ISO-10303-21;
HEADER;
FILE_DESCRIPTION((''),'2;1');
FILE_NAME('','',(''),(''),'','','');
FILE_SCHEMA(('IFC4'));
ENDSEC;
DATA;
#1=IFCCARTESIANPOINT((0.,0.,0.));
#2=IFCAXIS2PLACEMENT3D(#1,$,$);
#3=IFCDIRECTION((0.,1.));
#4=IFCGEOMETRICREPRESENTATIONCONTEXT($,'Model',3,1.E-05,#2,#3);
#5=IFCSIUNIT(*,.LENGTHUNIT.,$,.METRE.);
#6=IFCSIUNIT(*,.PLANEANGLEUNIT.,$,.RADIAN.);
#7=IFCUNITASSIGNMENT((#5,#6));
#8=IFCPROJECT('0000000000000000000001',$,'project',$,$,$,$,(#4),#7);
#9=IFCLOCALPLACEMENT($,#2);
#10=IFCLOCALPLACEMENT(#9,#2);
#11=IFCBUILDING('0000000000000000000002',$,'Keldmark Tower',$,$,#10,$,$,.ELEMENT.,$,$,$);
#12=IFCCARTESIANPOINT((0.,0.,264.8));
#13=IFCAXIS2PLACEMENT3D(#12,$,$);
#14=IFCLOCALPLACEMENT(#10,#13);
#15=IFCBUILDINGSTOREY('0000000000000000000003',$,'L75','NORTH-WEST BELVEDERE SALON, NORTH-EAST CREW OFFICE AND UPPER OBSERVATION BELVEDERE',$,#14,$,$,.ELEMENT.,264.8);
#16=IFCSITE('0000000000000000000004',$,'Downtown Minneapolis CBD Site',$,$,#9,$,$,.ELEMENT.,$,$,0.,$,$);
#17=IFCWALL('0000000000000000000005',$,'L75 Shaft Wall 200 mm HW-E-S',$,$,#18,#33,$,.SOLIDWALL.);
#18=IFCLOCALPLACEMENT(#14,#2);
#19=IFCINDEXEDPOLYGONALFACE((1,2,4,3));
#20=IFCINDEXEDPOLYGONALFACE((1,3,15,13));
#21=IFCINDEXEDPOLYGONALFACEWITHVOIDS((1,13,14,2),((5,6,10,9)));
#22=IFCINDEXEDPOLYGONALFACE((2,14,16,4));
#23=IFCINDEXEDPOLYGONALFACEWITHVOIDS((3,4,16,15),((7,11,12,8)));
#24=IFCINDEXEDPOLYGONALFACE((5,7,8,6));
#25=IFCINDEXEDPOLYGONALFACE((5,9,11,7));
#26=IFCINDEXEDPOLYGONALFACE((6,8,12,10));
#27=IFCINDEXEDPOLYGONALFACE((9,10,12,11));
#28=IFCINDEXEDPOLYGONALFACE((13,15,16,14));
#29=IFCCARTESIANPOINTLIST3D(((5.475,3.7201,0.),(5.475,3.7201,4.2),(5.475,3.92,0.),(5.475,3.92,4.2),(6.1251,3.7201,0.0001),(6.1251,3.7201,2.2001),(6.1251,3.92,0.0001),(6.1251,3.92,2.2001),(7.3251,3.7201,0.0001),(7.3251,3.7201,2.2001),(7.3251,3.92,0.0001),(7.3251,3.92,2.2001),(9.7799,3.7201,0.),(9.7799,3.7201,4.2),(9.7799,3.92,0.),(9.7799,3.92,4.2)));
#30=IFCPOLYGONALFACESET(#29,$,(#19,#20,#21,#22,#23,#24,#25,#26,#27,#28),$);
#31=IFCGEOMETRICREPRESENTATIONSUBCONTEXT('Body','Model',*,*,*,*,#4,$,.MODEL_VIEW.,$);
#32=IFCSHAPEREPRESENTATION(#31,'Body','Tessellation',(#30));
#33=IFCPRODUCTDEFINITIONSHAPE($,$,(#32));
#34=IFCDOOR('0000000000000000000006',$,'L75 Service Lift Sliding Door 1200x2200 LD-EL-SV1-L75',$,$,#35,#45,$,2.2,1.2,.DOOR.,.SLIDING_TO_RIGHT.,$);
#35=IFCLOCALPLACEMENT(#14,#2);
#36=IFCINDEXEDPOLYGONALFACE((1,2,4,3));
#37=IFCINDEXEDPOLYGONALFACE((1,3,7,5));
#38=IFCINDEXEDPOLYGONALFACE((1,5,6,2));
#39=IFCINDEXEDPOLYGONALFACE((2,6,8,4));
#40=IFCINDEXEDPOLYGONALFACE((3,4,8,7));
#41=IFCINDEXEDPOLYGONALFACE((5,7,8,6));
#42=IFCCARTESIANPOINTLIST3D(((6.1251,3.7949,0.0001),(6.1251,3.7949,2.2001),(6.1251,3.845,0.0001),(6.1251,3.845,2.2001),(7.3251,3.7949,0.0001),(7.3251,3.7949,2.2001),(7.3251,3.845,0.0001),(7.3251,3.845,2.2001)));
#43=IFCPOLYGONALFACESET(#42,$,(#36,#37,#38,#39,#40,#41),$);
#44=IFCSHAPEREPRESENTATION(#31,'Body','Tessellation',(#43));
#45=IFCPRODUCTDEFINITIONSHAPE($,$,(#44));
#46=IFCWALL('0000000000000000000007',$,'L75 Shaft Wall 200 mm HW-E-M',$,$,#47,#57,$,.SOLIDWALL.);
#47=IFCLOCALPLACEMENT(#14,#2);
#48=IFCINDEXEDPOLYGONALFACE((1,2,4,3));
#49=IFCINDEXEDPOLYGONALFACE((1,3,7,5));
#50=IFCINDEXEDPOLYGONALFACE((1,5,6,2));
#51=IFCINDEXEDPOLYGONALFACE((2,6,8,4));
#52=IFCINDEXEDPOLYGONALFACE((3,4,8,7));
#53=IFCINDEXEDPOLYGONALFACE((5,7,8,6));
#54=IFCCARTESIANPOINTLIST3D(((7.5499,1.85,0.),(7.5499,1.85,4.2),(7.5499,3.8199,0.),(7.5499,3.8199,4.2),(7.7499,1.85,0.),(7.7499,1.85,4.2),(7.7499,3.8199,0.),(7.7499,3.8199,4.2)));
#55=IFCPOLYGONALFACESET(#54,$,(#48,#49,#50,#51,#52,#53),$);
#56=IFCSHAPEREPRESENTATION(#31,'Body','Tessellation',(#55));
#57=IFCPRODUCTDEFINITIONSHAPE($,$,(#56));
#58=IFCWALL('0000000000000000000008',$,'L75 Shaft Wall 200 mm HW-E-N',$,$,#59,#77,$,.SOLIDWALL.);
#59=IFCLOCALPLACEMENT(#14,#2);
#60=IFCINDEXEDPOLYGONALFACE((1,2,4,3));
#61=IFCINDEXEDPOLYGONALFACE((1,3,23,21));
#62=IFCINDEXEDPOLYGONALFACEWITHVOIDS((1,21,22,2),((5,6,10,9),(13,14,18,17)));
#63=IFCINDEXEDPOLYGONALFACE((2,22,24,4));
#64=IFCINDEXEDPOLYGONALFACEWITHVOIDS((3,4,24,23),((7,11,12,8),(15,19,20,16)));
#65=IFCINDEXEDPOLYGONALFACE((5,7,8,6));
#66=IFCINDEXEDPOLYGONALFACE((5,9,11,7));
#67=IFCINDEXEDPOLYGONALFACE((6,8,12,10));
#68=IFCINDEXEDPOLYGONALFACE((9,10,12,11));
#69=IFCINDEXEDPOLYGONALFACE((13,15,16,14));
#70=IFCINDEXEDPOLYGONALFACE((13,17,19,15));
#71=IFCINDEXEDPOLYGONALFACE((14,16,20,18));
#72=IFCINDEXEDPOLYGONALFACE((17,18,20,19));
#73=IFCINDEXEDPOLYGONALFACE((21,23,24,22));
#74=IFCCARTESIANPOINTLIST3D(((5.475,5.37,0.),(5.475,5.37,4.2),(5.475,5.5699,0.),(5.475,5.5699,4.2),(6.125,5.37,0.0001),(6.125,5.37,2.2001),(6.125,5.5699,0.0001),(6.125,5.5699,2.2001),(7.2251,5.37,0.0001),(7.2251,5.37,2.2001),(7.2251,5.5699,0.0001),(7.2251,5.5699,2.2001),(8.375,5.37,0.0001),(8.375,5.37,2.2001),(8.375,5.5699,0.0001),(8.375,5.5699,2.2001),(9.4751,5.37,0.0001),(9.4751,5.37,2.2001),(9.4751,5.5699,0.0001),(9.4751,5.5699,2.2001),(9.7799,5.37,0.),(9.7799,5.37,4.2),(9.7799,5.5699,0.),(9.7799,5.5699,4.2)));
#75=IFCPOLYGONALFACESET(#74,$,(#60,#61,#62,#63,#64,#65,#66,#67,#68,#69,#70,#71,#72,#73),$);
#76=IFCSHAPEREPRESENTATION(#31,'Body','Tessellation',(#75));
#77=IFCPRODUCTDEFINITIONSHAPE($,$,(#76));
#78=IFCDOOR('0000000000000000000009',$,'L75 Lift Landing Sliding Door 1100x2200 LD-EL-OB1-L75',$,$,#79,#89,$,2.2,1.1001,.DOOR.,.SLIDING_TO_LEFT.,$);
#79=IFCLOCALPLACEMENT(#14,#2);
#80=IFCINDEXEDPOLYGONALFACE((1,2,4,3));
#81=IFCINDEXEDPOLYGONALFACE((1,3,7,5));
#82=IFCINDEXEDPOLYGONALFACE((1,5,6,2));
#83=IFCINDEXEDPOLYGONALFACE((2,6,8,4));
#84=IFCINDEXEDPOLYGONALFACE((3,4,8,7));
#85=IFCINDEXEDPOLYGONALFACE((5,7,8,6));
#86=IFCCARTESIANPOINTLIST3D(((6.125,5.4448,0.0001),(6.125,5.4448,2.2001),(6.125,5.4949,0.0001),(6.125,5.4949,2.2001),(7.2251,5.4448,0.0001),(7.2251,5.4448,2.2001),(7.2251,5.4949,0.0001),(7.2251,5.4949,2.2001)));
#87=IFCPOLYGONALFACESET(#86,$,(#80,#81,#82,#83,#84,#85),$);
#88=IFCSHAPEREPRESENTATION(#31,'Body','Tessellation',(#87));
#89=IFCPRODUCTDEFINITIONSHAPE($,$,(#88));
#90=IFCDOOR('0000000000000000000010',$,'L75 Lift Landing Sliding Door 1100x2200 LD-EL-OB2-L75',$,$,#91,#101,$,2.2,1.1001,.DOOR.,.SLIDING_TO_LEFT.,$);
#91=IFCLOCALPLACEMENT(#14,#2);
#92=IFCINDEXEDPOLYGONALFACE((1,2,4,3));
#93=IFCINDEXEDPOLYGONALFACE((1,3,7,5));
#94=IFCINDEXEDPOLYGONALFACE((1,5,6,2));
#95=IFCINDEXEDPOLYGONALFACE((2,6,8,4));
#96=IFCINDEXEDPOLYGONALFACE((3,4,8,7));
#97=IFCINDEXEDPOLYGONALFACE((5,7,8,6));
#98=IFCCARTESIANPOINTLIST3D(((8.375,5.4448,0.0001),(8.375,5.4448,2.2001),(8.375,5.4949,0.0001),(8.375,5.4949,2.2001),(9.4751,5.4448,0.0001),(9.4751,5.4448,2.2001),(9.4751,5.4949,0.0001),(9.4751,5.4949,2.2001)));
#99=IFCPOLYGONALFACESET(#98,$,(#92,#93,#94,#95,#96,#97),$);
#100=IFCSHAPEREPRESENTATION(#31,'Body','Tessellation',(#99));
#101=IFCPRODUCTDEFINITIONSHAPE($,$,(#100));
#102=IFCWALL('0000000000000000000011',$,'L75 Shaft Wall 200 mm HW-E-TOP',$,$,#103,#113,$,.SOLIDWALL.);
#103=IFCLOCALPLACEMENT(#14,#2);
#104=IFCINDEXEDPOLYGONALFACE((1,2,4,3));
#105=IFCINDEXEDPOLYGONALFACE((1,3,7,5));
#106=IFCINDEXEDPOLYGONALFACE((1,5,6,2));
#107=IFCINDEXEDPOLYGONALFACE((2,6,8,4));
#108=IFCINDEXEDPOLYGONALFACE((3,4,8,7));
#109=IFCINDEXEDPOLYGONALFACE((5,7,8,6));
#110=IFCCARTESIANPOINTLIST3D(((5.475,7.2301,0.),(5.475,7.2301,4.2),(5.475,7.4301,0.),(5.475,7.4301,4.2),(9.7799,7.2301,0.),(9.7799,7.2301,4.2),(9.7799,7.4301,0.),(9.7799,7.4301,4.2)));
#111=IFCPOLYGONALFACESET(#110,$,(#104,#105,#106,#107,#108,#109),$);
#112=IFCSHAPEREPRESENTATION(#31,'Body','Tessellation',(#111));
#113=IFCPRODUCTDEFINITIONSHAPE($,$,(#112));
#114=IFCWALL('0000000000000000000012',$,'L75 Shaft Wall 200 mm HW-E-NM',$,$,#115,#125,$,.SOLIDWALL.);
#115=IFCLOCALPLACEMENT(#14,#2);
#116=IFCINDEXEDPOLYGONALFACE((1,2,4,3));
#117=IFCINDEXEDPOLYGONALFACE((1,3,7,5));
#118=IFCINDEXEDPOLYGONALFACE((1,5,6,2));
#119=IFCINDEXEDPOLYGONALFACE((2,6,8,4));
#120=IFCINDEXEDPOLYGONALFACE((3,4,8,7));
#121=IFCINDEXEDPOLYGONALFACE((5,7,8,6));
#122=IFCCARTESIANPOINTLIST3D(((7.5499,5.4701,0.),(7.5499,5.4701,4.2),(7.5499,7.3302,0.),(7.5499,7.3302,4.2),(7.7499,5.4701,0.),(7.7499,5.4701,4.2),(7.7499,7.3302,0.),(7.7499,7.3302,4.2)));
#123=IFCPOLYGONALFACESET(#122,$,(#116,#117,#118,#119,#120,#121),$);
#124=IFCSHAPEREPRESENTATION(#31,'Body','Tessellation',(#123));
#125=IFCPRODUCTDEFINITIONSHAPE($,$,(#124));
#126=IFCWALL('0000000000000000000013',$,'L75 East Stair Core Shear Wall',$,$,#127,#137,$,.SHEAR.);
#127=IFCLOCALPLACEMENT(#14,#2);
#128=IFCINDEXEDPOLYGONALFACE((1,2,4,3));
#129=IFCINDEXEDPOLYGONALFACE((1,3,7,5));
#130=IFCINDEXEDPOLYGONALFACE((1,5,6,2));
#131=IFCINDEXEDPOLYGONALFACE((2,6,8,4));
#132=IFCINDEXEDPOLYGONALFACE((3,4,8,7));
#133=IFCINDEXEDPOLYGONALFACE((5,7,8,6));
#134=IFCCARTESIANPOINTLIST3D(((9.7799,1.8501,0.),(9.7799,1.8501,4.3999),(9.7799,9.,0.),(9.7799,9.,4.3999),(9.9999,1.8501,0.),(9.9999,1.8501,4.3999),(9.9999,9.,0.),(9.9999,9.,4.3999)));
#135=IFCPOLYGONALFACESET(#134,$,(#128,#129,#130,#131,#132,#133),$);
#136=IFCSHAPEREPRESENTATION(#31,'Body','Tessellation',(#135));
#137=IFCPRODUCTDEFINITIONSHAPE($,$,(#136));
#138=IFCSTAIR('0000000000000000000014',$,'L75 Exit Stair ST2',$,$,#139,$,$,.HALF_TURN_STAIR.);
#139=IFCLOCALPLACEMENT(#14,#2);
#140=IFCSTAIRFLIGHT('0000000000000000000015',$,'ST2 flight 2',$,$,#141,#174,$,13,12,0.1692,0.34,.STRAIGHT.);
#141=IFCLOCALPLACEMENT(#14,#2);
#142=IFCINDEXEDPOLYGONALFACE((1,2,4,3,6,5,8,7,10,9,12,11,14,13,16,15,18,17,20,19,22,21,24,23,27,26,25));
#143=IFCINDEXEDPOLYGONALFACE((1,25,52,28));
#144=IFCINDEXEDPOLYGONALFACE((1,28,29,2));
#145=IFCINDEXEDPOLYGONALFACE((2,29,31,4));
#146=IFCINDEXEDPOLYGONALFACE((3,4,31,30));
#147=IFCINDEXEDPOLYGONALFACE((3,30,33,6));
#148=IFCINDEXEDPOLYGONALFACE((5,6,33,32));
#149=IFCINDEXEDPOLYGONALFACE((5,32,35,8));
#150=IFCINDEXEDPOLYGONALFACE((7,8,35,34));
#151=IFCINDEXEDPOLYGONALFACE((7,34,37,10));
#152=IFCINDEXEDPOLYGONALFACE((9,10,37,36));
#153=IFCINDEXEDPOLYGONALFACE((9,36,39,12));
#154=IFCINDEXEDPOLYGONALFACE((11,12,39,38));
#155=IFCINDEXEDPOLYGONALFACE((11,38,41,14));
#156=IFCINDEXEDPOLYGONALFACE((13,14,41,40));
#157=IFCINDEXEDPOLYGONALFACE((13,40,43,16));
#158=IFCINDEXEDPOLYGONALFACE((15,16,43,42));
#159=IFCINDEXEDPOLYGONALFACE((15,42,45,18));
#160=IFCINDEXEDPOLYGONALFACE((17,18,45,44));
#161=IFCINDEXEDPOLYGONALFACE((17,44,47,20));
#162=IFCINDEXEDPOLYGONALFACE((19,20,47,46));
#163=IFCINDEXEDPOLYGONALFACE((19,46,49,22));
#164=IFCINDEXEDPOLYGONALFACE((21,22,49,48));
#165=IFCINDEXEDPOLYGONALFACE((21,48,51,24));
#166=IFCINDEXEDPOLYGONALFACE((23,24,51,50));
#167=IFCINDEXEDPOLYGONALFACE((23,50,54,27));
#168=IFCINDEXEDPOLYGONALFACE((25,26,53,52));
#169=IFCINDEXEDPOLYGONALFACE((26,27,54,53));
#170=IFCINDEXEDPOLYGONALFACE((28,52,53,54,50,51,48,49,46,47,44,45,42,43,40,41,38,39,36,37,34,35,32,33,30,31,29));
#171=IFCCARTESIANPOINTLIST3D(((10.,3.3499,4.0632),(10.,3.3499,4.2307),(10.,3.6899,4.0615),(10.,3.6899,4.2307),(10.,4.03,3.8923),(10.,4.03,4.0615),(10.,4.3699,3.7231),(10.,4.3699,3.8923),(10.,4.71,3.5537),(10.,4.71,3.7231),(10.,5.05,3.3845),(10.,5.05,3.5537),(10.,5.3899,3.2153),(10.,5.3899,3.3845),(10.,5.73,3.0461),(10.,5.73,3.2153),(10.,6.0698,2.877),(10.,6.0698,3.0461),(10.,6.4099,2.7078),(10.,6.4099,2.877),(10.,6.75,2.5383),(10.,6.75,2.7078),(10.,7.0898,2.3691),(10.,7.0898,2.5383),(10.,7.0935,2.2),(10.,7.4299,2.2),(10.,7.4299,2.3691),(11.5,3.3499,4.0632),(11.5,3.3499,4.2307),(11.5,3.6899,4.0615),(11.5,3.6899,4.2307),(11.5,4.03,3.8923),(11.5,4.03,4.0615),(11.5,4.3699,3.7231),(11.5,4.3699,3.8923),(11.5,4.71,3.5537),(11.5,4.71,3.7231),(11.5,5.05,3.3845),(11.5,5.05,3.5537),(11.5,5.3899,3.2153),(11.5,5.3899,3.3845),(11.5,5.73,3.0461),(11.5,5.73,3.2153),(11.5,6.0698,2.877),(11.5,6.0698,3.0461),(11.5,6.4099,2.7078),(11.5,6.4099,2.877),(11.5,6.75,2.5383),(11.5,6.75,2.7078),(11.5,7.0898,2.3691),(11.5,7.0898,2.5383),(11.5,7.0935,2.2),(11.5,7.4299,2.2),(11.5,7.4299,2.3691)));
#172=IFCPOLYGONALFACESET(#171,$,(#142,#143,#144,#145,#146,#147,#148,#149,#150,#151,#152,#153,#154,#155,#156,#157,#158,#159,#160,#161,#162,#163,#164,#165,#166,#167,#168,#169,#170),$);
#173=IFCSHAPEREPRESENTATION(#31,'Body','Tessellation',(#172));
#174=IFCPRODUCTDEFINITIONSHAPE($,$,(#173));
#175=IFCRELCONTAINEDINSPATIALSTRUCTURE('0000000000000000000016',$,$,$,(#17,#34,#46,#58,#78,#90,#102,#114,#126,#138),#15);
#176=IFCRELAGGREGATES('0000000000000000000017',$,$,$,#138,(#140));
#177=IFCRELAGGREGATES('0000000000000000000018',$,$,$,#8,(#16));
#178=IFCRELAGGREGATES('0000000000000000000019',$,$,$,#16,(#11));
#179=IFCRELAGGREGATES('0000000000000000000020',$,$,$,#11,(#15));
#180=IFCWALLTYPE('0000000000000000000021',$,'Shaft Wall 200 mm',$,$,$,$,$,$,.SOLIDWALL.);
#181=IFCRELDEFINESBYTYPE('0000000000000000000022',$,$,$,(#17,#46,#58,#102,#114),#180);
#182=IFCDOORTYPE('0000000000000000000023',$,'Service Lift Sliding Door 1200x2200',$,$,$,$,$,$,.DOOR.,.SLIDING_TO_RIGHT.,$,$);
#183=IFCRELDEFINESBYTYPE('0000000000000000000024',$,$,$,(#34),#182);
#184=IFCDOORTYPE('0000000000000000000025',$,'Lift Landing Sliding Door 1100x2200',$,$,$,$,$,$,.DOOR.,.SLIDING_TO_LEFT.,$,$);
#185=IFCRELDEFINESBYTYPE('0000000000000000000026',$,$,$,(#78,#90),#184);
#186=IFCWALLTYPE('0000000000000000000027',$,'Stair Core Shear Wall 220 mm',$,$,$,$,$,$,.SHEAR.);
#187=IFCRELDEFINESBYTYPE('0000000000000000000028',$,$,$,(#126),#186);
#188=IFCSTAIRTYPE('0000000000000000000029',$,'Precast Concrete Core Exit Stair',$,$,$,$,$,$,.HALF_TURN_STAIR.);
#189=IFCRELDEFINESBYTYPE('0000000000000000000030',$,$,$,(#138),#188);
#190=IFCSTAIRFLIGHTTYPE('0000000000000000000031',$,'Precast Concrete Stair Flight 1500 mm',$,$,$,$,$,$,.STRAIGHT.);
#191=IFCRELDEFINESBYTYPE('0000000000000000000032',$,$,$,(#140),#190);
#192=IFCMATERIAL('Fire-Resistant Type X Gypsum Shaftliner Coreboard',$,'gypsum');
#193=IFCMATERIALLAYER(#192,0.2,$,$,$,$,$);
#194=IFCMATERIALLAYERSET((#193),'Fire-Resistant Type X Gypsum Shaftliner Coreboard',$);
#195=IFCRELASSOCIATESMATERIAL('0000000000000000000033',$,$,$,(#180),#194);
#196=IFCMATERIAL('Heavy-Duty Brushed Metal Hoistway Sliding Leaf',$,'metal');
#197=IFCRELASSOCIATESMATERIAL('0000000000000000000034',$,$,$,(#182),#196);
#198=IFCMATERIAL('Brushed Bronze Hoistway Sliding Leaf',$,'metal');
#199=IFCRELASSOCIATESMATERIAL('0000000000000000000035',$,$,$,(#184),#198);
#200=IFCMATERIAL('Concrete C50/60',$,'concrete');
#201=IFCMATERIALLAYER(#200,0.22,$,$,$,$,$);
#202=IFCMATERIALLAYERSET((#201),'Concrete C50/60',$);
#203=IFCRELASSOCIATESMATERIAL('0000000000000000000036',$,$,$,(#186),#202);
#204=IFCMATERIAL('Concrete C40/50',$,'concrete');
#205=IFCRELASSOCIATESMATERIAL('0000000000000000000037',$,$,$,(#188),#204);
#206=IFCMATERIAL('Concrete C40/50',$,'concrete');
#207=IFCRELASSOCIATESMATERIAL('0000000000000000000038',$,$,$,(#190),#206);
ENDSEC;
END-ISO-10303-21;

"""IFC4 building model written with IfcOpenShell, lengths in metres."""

from ifc_helpers import new_model, si_unit, direction, frame, frame_2d, origin, place, context, subcontext, project, spatial, polyline, rectangle, outline, extrude, material, layer, layer_set, type_object, element, fill, aggregate, save


model = new_model("IFC4")

# Units and contexts
model_context = context("Model", 3, precision=1e-05, world=origin(), true_north=direction((0.0, 1.0)))
body_context = subcontext(model_context, "Body", "Model", "MODEL_VIEW")
ifc_project = project(units=[si_unit("LENGTHUNIT", "METRE"), si_unit("PLANEANGLEUNIT", "RADIAN")], contexts=[model_context])

# Site, building, storey
site_placement = place(None, origin())
site = spatial("IfcSite", under=ifc_project, at=site_placement, Name="Downtown Minneapolis CBD Site", CompositionType="ELEMENT", RefElevation=0.0)
building_placement = place(site_placement, origin())
building = spatial("IfcBuilding", under=site, at=building_placement, Name="Keldmark Tower", CompositionType="ELEMENT")
storey_placement = place(building_placement, frame((0.0, 0.0, 264.8)))
storey = spatial("IfcBuildingStorey", under=building, at=storey_placement, Name="L75", Description="NORTH-WEST BELVEDERE SALON, NORTH-EAST CREW OFFICE AND UPPER OBSERVATION BELVEDERE", CompositionType="ELEMENT", Elevation=264.8)

# Wall, opening, door
ifc_material_1 = material(Name="Fire-Resistant Type X Gypsum Shaftliner Coreboard", Category="gypsum")
ifc_layer_1 = layer(ifc_material_1, 0.2)
ifc_layer_set_1 = layer_set([ifc_layer_1], Name="Fire-Resistant Type X Gypsum Shaftliner Coreboard")
wall_type_1 = type_object("IfcWallType", Name="Shaft Wall 200 mm", PredefinedType="SOLIDWALL", material=ifc_layer_set_1)
wall_1_placement = place(storey_placement, frame((5.4751, 3.8201, 0.0), z_axis=(0.0, 0.0, 1.0), x_axis=(1.0, 0.0, 0.0)))
wall_1 = element("IfcWall", 1, at=wall_1_placement, inside=storey, type_object=wall_type_1, Name="L75 Shaft Wall 200 mm HW-E-S", PredefinedType="SOLIDWALL", context=body_context, shape_type="SweptSolid", body=[
    extrude(rectangle(XDim=4.3049, YDim=0.2, at=frame_2d((2.1523, 0.0))), origin(), (0.0, 0.0, 1.0), 4.2),
])
opening_1_placement = place(wall_1_placement, frame((0.6499, 0.0, 0.0)))
opening_1 = element("IfcOpeningElement", 2, at=opening_1_placement, cuts=wall_1, PredefinedType="OPENING", context=body_context, shape_type="SweptSolid", body=[
    extrude(rectangle(XDim=1.2, YDim=2.2, at=frame_2d((0.6001, 1.1001))), frame((0.0, 0.1099, 0.0), z_axis=(0.0, -1.0, 0.0), x_axis=(1.0, 0.0, 0.0)), (0.0, 0.0, 1.0), 0.22),
])
ifc_material_2 = material(Name="Heavy-Duty Brushed Metal Hoistway Sliding Leaf", Category="metal")
door_type_1 = type_object("IfcDoorType", Name="Service Lift Sliding Door 1200x2200", OperationType="SLIDING_TO_RIGHT", PredefinedType="DOOR", material=ifc_material_2)
door_1_placement = place(opening_1_placement, origin())
door_1 = element("IfcDoor", 3, at=door_1_placement, inside=storey, type_object=door_type_1, Name="L75 Service Lift Sliding Door 1200x2200 LD-EL-SV1-L75", OperationType="SLIDING_TO_RIGHT", OverallHeight=2.2, OverallWidth=1.2, PredefinedType="DOOR", context=body_context, shape_type="SweptSolid", body=[
    extrude(rectangle(XDim=1.2, YDim=2.2, at=frame_2d((0.6001, 1.1001))), frame((0.0, 0.0249, 0.0), z_axis=(0.0, -1.0, 0.0), x_axis=(1.0, 0.0, 0.0)), (0.0, 0.0, 1.0), 0.05),
])
fill(opening_1, door_1)

# Wall
wall_2_placement = place(storey_placement, frame((7.6499, 1.8501, 0.0), z_axis=(0.0, 0.0, 1.0), x_axis=(0.0, 1.0, 0.0)))
element("IfcWall", 4, at=wall_2_placement, inside=storey, type_object=wall_type_1, Name="L75 Shaft Wall 200 mm HW-E-M", PredefinedType="SOLIDWALL", context=body_context, shape_type="SweptSolid", body=[
    extrude(rectangle(XDim=1.97, YDim=0.2, at=frame_2d((0.9849, 0.0))), origin(), (0.0, 0.0, 1.0), 4.2),
])

# Wall, openings, doors
wall_3_placement = place(storey_placement, frame((5.4751, 5.47, 0.0), z_axis=(0.0, 0.0, 1.0), x_axis=(1.0, 0.0, 0.0)))
wall_3 = element("IfcWall", 5, at=wall_3_placement, inside=storey, type_object=wall_type_1, Name="L75 Shaft Wall 200 mm HW-E-N", PredefinedType="SOLIDWALL", context=body_context, shape_type="SweptSolid", body=[
    extrude(rectangle(XDim=4.3049, YDim=0.2, at=frame_2d((2.1523, 0.0))), origin(), (0.0, 0.0, 1.0), 4.2),
])
opening_2_placement = place(wall_3_placement, frame((0.6499, 0.0, 0.0)))
opening_2 = element("IfcOpeningElement", 6, at=opening_2_placement, cuts=wall_3, PredefinedType="OPENING", context=body_context, shape_type="SweptSolid", body=[
    extrude(rectangle(XDim=1.1001, YDim=2.2, at=frame_2d((0.55, 1.1001))), frame((0.0, 0.1099, 0.0), z_axis=(0.0, -1.0, 0.0), x_axis=(1.0, 0.0, 0.0)), (0.0, 0.0, 1.0), 0.22),
])
opening_3_placement = place(wall_3_placement, frame((2.8999, 0.0, 0.0)))
opening_3 = element("IfcOpeningElement", 7, at=opening_3_placement, cuts=wall_3, PredefinedType="OPENING", context=body_context, shape_type="SweptSolid", body=[
    extrude(rectangle(XDim=1.1001, YDim=2.2, at=frame_2d((0.55, 1.1001))), frame((0.0, 0.1099, 0.0), z_axis=(0.0, -1.0, 0.0), x_axis=(1.0, 0.0, 0.0)), (0.0, 0.0, 1.0), 0.22),
])
ifc_material_3 = material(Name="Brushed Bronze Hoistway Sliding Leaf", Category="metal")
door_type_2 = type_object("IfcDoorType", Name="Lift Landing Sliding Door 1100x2200", OperationType="SLIDING_TO_LEFT", PredefinedType="DOOR", material=ifc_material_3)
door_2_placement = place(opening_2_placement, origin())
door_2 = element("IfcDoor", 8, at=door_2_placement, inside=storey, type_object=door_type_2, Name="L75 Lift Landing Sliding Door 1100x2200 LD-EL-OB1-L75", OperationType="SLIDING_TO_LEFT", OverallHeight=2.2, OverallWidth=1.1001, PredefinedType="DOOR", context=body_context, shape_type="SweptSolid", body=[
    extrude(rectangle(XDim=1.1001, YDim=2.2, at=frame_2d((0.55, 1.1001))), frame((0.0, 0.0249, 0.0), z_axis=(0.0, -1.0, 0.0), x_axis=(1.0, 0.0, 0.0)), (0.0, 0.0, 1.0), 0.05),
])
fill(opening_2, door_2)
door_3_placement = place(opening_3_placement, origin())
door_3 = element("IfcDoor", 9, at=door_3_placement, inside=storey, type_object=door_type_2, Name="L75 Lift Landing Sliding Door 1100x2200 LD-EL-OB2-L75", OperationType="SLIDING_TO_LEFT", OverallHeight=2.2, OverallWidth=1.1001, PredefinedType="DOOR", context=body_context, shape_type="SweptSolid", body=[
    extrude(rectangle(XDim=1.1001, YDim=2.2, at=frame_2d((0.55, 1.1001))), frame((0.0, 0.0249, 0.0), z_axis=(0.0, -1.0, 0.0), x_axis=(1.0, 0.0, 0.0)), (0.0, 0.0, 1.0), 0.05),
])
fill(opening_3, door_3)

# Walls
wall_4_placement = place(storey_placement, frame((5.4751, 7.3301, 0.0), z_axis=(0.0, 0.0, 1.0), x_axis=(1.0, 0.0, 0.0)))
element("IfcWall", 10, at=wall_4_placement, inside=storey, type_object=wall_type_1, Name="L75 Shaft Wall 200 mm HW-E-TOP", PredefinedType="SOLIDWALL", context=body_context, shape_type="SweptSolid", body=[
    extrude(rectangle(XDim=4.3049, YDim=0.2, at=frame_2d((2.1523, 0.0))), origin(), (0.0, 0.0, 1.0), 4.2),
])
wall_5_placement = place(storey_placement, frame((7.6499, 5.47, 0.0), z_axis=(0.0, 0.0, 1.0), x_axis=(0.0, 1.0, 0.0)))
element("IfcWall", 11, at=wall_5_placement, inside=storey, type_object=wall_type_1, Name="L75 Shaft Wall 200 mm HW-E-NM", PredefinedType="SOLIDWALL", context=body_context, shape_type="SweptSolid", body=[
    extrude(rectangle(XDim=1.8601, YDim=0.2, at=frame_2d((0.9302, 0.0))), origin(), (0.0, 0.0, 1.0), 4.2),
])
ifc_material_4 = material(Name="Concrete C50/60", Category="concrete")
ifc_layer_2 = layer(ifc_material_4, 0.22)
ifc_layer_set_2 = layer_set([ifc_layer_2], Name="Concrete C50/60")
wall_type_2 = type_object("IfcWallType", Name="Stair Core Shear Wall 220 mm", PredefinedType="SHEAR", material=ifc_layer_set_2)
wall_6_placement = place(storey_placement, frame((9.8899, 1.8501, 0.0), z_axis=(0.0, 0.0, 1.0), x_axis=(0.0, 1.0, 0.0)))
element("IfcWall", 12, at=wall_6_placement, inside=storey, type_object=wall_type_2, Name="L75 East Stair Core Shear Wall", PredefinedType="SHEAR", context=body_context, shape_type="SweptSolid", body=[
    extrude(rectangle(XDim=7.1499, YDim=0.22, at=frame_2d((3.575, 0.0))), origin(), (0.0, 0.0, 1.0), 4.3999),
])

# Stair, stair flight
ifc_material_5 = material(Name="Concrete C40/50", Category="concrete")
stair_type = type_object("IfcStairType", Name="Precast Concrete Core Exit Stair", PredefinedType="HALF_TURN_STAIR", material=ifc_material_5)
stair_placement = place(storey_placement, origin())
stair = element("IfcStair", 13, at=stair_placement, inside=storey, type_object=stair_type, Name="L75 Exit Stair ST2", PredefinedType="HALF_TURN_STAIR")
ifc_material_6 = material(Name="Concrete C40/50", Category="concrete")
stair_flight_type = type_object("IfcStairFlightType", Name="Precast Concrete Stair Flight 1500 mm", PredefinedType="STRAIGHT", material=ifc_material_6)
stair_flight_placement = place(storey_placement, frame((10.75, 7.4299, 2.2), z_axis=(0.0, 0.0, 1.0), x_axis=(0.0, -1.0, 0.0)))
stair_flight = element("IfcStairFlight", 14, at=stair_flight_placement, type_object=stair_flight_type, Name="ST2 flight 2", NumberOfRisers=13, NumberOfTreads=12, PredefinedType="STRAIGHT", RiserHeight=0.1692, TreadLength=0.34, context=body_context, shape_type="SweptSolid", body=[
    extrude(outline(polyline([(0.0, 0.0), (0.0, 0.1692), (0.3401, 0.1692), (0.3401, 0.3384), (0.6799, 0.3384), (0.6799, 0.5078), (1.02, 0.5078), (1.02, 0.677), (1.3601, 0.677), (1.3601, 0.8462), (1.7, 0.8462), (1.7, 1.0154), (2.04, 1.0154), (2.04, 1.1846), (2.3799, 1.1846), (2.3799, 1.3538), (2.72, 1.3538), (2.72, 1.5232), (3.0601, 1.5232), (3.0601, 1.6924), (3.3999, 1.6924), (3.3999, 1.8616), (3.74, 1.8616), (3.74, 2.0308), (4.0801, 2.0308), (4.0801, 2.2), (4.0801, 1.8633), (0.3364, 0.0), (0.0, 0.0)])), frame((0.0, 0.75, 0.0), z_axis=(0.0, -1.0, 0.0), x_axis=(1.0, 0.0, 0.0)), (0.0, 0.0, 1.0), 1.5),
])
aggregate(stair, [stair_flight])

save(model, "model.ifc")
